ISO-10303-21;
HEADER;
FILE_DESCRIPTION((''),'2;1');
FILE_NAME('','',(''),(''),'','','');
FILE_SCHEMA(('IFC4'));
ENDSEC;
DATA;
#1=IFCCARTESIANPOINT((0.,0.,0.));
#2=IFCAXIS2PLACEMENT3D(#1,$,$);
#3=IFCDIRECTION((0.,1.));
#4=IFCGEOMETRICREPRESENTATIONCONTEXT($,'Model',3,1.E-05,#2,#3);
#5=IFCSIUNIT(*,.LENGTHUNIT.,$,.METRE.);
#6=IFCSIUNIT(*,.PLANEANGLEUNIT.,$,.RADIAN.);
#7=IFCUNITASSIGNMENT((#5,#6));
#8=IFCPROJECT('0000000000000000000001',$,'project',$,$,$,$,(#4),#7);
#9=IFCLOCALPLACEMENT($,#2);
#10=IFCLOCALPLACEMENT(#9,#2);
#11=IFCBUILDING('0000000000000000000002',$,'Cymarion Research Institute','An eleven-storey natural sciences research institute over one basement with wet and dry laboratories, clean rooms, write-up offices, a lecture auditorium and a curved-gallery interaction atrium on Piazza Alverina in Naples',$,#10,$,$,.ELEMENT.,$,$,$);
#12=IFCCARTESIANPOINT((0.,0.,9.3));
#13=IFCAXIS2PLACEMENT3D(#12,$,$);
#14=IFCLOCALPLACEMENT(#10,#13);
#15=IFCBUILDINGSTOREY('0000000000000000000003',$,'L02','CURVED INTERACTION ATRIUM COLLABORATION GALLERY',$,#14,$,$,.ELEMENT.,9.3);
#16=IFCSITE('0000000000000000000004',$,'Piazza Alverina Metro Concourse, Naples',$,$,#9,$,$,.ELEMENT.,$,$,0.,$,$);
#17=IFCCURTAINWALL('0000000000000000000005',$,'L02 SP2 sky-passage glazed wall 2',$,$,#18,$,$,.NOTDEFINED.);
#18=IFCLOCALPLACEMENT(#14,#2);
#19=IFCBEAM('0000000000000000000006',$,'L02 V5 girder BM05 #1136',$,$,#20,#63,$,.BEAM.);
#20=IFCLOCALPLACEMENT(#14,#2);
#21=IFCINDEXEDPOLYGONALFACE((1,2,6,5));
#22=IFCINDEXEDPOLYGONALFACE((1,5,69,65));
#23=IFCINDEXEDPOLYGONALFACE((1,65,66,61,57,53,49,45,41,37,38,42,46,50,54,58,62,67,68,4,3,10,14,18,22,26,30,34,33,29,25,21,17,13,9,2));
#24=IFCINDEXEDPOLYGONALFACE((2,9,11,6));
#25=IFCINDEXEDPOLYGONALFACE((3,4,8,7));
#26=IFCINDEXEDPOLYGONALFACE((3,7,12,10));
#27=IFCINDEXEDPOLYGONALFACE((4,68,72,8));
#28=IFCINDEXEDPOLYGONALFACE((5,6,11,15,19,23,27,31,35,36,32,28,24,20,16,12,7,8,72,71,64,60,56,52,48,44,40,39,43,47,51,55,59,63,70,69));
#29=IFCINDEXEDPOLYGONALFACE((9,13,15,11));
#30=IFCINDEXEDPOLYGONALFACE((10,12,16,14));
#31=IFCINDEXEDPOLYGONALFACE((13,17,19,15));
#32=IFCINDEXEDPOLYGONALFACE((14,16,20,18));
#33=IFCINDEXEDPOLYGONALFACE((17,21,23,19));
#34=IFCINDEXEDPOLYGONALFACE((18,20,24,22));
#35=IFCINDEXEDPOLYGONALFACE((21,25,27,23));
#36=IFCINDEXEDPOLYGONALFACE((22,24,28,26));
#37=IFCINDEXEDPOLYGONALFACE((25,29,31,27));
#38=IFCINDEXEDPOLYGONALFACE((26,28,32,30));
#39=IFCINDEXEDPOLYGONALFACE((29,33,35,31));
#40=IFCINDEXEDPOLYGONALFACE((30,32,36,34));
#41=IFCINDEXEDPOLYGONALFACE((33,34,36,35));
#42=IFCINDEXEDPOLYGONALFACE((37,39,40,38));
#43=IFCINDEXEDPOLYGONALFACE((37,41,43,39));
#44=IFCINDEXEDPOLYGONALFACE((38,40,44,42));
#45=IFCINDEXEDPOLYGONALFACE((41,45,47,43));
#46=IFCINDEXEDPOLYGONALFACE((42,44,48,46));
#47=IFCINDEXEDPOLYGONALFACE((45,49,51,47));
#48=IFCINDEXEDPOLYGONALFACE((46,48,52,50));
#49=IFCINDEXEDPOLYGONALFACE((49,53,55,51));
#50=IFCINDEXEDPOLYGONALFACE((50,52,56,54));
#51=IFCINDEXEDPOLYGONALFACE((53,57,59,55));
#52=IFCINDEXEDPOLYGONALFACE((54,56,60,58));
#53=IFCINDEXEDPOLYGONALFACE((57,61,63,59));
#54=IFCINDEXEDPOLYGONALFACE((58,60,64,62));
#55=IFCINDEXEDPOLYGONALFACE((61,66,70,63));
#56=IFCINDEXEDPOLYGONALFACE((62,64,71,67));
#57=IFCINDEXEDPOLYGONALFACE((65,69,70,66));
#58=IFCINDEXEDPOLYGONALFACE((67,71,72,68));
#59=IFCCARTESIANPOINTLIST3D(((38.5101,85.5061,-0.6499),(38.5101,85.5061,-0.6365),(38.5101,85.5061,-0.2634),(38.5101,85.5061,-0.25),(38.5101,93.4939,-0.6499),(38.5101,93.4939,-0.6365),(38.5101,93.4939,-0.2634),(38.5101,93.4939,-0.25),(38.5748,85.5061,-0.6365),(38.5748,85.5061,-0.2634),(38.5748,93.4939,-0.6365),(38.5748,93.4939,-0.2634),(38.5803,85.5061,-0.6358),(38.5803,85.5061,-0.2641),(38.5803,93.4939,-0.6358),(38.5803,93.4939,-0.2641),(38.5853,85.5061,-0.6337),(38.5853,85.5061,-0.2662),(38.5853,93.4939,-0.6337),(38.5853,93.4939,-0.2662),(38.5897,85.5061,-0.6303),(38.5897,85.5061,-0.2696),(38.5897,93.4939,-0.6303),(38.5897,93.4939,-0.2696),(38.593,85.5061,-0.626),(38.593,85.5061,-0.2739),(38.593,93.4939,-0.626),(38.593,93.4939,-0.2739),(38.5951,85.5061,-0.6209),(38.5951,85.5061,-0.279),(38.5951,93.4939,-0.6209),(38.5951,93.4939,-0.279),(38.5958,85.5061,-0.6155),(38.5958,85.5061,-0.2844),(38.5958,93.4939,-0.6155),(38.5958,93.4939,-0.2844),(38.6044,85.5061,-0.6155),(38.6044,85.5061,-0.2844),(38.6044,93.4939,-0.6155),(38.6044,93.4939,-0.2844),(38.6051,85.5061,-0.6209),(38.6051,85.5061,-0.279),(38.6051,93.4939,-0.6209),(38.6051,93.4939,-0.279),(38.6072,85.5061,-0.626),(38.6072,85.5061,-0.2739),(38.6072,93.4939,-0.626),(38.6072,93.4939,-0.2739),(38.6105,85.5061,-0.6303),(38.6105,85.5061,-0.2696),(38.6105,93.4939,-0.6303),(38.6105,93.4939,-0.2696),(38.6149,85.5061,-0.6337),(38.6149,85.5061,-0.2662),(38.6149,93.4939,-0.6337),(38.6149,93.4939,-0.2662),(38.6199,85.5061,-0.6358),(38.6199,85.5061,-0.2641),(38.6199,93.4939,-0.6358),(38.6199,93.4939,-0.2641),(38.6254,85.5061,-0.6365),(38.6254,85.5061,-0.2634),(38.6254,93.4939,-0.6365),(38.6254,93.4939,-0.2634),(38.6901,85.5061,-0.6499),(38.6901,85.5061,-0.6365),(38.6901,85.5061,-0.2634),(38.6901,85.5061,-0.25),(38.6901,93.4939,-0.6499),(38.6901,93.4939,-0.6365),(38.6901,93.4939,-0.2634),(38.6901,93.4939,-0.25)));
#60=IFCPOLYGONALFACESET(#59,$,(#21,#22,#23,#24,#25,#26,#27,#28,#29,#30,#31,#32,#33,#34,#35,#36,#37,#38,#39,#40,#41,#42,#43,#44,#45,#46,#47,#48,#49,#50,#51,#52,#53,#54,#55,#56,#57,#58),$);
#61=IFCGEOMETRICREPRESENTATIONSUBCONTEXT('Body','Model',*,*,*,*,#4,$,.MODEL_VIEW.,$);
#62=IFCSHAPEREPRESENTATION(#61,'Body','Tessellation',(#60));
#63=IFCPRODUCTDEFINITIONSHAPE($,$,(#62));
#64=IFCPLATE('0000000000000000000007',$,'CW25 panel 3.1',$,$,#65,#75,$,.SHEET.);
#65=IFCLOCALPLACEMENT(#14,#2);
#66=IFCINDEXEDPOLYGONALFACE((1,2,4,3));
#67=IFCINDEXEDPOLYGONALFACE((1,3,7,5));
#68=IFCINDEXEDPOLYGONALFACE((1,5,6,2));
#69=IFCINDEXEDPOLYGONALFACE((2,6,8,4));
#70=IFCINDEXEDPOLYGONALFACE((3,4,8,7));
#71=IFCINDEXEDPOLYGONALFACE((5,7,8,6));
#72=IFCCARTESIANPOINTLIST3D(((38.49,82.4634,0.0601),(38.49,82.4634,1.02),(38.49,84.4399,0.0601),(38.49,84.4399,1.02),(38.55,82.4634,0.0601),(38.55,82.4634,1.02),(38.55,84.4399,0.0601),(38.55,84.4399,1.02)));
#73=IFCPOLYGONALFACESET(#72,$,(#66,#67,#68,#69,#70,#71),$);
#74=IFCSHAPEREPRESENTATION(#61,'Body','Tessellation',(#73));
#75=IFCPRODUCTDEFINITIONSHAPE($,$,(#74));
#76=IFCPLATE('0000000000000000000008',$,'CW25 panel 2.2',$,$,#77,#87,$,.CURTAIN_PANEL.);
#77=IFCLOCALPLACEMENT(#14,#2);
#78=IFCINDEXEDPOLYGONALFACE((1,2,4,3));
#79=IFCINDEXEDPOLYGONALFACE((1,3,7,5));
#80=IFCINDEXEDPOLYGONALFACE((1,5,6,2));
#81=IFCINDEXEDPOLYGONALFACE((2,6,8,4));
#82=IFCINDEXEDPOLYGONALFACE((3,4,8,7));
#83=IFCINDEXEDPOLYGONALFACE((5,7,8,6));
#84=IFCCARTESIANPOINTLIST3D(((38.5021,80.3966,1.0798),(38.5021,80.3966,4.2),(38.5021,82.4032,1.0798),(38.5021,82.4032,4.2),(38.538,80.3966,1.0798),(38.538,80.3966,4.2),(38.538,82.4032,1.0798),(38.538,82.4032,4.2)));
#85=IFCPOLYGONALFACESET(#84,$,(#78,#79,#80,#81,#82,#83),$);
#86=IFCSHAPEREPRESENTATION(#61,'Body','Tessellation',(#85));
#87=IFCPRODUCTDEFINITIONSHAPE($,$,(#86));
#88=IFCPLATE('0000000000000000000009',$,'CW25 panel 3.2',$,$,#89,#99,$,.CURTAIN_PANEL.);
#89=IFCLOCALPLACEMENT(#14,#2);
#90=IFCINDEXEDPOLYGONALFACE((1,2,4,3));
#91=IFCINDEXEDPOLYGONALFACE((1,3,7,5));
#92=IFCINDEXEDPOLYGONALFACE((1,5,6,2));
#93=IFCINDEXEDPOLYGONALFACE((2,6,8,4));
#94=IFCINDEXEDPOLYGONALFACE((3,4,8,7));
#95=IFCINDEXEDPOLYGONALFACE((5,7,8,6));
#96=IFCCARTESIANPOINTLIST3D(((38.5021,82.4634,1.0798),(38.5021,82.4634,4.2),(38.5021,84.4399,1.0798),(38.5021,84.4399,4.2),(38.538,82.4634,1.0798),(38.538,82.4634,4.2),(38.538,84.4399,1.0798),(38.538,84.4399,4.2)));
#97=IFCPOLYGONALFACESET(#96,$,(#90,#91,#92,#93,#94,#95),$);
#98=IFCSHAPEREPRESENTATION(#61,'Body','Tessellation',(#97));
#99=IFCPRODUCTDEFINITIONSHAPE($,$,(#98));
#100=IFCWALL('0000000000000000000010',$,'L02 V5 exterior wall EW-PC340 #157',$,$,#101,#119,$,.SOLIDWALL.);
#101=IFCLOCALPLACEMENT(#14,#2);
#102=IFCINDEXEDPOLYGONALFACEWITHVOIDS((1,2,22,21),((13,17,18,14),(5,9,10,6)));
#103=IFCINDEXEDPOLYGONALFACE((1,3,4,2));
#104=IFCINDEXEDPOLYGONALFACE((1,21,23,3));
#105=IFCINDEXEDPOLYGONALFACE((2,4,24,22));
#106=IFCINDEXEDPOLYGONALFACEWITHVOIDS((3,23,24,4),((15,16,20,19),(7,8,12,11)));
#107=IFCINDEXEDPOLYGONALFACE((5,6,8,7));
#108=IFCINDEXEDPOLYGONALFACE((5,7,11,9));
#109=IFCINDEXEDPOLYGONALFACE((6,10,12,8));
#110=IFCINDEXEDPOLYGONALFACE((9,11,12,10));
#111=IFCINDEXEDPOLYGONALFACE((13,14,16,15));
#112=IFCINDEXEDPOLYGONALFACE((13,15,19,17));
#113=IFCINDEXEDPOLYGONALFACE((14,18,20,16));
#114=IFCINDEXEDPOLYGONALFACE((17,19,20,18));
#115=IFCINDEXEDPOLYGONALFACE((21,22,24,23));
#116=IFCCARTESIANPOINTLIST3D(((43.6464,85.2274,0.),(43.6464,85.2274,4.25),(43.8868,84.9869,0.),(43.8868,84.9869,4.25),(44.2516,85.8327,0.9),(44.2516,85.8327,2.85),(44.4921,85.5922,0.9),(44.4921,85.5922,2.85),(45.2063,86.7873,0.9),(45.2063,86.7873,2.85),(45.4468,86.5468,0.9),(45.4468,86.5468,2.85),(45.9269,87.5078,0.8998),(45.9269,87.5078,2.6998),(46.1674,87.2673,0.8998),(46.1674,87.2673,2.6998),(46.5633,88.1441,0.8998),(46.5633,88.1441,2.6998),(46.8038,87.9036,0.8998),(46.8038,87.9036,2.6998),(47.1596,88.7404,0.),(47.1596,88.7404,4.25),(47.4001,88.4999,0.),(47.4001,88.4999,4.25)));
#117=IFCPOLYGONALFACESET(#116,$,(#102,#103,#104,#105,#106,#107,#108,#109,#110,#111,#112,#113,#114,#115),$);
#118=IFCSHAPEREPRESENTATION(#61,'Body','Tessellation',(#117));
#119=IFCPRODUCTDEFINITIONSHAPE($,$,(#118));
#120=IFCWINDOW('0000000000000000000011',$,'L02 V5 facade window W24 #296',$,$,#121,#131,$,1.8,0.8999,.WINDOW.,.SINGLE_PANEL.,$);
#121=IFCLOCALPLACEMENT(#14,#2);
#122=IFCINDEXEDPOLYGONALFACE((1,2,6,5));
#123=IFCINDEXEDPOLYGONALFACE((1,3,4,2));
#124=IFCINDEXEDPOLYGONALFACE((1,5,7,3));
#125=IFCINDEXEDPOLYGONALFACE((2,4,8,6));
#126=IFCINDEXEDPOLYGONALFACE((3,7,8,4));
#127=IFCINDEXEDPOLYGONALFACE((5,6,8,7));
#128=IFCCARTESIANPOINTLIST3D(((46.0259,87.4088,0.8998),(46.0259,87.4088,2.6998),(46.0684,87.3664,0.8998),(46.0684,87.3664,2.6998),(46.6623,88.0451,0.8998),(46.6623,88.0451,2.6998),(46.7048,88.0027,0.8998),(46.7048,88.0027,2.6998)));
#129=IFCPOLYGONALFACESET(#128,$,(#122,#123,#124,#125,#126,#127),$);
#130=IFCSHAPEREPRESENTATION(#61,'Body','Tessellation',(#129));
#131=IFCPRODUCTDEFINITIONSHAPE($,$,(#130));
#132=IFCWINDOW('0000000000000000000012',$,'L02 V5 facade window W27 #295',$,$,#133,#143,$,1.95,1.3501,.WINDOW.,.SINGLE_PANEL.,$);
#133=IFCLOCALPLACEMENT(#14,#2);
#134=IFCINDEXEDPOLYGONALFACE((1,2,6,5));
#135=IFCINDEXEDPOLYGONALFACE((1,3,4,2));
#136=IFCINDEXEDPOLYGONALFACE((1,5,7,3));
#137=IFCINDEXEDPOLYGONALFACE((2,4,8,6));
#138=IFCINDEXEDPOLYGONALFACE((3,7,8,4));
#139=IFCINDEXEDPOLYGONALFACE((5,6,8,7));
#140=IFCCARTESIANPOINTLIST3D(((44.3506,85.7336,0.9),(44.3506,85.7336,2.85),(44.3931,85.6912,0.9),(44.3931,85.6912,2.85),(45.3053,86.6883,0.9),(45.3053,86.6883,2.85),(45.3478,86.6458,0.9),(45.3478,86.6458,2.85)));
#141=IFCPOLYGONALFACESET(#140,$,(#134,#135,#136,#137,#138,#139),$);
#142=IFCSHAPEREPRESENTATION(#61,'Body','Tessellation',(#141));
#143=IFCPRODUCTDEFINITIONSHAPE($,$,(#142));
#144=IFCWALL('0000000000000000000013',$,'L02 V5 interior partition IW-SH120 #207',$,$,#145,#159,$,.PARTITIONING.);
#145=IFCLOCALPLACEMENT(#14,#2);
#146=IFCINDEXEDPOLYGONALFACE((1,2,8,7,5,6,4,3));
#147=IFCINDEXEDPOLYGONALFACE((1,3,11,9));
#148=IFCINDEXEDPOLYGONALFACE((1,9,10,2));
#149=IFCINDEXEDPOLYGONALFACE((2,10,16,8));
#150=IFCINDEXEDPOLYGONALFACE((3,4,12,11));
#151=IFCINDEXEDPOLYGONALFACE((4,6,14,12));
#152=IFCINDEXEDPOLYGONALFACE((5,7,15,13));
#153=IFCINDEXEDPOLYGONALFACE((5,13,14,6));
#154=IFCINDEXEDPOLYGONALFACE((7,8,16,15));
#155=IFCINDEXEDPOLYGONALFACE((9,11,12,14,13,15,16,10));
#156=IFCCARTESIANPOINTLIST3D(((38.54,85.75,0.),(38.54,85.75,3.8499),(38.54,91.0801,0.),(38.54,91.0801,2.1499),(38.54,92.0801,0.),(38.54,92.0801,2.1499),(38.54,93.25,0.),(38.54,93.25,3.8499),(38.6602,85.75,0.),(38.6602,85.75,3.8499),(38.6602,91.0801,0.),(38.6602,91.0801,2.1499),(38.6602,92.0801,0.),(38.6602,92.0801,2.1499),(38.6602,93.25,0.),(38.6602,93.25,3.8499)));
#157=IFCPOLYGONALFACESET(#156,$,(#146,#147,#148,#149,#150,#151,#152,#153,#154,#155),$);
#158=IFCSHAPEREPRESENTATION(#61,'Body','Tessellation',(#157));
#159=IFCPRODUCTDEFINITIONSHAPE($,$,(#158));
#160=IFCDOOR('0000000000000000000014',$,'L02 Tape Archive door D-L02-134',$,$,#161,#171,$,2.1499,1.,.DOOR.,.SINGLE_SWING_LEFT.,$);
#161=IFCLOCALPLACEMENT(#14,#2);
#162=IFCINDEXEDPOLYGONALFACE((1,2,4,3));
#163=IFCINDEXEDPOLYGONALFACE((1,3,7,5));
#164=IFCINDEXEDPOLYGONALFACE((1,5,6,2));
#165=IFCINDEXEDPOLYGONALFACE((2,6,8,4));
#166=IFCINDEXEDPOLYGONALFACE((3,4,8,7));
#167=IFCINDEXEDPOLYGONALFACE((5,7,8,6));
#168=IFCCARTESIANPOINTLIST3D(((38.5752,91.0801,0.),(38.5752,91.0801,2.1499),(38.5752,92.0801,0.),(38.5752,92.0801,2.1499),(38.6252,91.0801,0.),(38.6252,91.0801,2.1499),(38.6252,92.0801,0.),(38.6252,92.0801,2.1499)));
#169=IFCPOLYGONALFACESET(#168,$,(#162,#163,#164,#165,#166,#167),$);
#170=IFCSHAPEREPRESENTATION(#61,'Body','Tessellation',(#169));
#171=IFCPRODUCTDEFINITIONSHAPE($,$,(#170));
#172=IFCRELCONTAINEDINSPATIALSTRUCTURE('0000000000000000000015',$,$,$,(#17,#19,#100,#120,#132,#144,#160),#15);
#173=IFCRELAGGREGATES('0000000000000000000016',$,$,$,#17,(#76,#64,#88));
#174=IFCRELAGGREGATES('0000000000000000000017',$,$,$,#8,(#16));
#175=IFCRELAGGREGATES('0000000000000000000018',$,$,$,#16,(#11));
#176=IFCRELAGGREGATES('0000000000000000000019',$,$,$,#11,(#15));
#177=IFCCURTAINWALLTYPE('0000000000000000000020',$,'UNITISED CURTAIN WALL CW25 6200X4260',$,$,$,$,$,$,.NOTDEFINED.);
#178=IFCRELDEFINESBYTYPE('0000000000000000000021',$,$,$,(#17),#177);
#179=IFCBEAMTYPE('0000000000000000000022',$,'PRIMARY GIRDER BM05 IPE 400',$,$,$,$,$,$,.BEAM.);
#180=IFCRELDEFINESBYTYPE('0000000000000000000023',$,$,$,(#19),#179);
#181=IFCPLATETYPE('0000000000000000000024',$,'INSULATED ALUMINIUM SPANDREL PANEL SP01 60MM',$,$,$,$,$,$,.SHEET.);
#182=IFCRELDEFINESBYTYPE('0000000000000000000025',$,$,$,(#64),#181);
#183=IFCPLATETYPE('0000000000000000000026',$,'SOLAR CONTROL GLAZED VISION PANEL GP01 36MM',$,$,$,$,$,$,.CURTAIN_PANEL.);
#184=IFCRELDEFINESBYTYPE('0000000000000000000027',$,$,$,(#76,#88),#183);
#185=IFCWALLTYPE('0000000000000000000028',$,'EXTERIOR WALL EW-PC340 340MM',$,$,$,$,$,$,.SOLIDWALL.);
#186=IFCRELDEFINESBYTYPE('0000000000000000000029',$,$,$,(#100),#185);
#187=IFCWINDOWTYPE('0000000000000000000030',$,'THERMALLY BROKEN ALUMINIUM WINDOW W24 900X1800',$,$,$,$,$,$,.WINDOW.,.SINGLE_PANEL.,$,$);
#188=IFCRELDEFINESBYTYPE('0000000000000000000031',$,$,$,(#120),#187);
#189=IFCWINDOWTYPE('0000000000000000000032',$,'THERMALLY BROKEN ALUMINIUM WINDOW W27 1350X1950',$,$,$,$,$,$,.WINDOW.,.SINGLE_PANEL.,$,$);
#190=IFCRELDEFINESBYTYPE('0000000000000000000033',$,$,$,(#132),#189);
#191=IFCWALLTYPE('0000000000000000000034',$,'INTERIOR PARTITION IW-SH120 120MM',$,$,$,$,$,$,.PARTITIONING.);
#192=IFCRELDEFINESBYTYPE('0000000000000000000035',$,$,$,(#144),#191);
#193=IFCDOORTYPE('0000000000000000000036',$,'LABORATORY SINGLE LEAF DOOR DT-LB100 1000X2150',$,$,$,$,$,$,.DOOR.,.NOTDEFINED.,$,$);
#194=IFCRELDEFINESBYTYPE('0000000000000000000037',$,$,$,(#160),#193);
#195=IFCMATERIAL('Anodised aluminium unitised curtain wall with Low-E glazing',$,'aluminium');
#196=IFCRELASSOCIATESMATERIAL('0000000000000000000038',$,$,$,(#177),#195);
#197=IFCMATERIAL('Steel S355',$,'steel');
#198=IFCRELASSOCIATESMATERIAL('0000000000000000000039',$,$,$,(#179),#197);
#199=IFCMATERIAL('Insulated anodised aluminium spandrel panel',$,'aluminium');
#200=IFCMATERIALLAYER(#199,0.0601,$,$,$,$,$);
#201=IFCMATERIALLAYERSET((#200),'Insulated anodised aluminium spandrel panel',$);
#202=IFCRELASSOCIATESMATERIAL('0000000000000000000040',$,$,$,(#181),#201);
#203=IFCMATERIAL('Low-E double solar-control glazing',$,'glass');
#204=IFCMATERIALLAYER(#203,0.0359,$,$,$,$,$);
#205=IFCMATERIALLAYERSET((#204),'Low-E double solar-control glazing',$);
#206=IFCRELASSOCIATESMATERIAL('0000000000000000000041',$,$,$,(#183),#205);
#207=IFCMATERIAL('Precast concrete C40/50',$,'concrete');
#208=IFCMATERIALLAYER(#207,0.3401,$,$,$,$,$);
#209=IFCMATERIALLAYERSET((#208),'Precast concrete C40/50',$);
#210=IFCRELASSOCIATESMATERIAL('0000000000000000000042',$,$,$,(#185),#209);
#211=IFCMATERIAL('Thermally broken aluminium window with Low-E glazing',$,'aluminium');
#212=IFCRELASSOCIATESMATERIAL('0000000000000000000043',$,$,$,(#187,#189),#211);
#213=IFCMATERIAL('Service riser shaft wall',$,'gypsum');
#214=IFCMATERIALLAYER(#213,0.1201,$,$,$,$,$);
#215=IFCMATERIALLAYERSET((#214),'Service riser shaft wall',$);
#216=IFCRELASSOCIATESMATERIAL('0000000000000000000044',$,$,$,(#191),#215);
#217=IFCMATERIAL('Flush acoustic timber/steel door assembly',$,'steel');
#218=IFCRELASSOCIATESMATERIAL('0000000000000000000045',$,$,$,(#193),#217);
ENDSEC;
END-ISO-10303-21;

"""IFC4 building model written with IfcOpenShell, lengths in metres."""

from ifc_helpers import new_model, si_unit, direction, frame, frame_2d, origin, origin_2d, place, context, subcontext, project, spatial, rectangle, i_section, extrude, material, layer, layer_set, material_profile, profile_set, type_object, element, fill, aggregate, save


model = new_model("IFC4")

# Units and contexts
model_context = context("Model", 3, precision=1e-05, world=origin(), true_north=direction((0.0, 1.0)))
body_context = subcontext(model_context, "Body", "Model", "MODEL_VIEW")
ifc_project = project(units=[si_unit("LENGTHUNIT", "METRE"), si_unit("PLANEANGLEUNIT", "RADIAN")], contexts=[model_context])

# Site, building, storey
site_placement = place(None, origin())
site = spatial("IfcSite", under=ifc_project, at=site_placement, Name="Piazza Alverina Metro Concourse, Naples", CompositionType="ELEMENT", RefElevation=0.0)
building_placement = place(site_placement, origin())
building = spatial("IfcBuilding", under=site, at=building_placement, Name="Cymarion Research Institute", Description="An eleven-storey natural sciences research institute over one basement with wet and dry laboratories, clean rooms, write-up offices, a lecture auditorium and a curved-gallery interaction atrium on Piazza Alverina in Naples", CompositionType="ELEMENT")
storey_placement = place(building_placement, frame((0.0, 0.0, 9.3)))
storey = spatial("IfcBuildingStorey", under=building, at=storey_placement, Name="L02", Description="CURVED INTERACTION ATRIUM COLLABORATION GALLERY", CompositionType="ELEMENT", Elevation=9.3)

# Shared definitions
ifc_material_1 = material(Name="Steel S355", Category="steel")

# Curtain wall
ifc_material_2 = material(Name="Anodised aluminium unitised curtain wall with Low-E glazing", Category="aluminium")
curtain_wall_type = type_object("IfcCurtainWallType", Name="UNITISED CURTAIN WALL CW25 6200X4260", PredefinedType="NOTDEFINED", material=ifc_material_2)
curtain_wall_placement = place(storey_placement, origin())
curtain_wall = element("IfcCurtainWall", 1, at=curtain_wall_placement, inside=storey, type_object=curtain_wall_type, Name="L02 SP2 sky-passage glazed wall 2", PredefinedType="NOTDEFINED")

# Beam
ifc_material_profile_1 = material_profile(ifc_material_1, i_section(OverallWidth=0.1799, OverallDepth=0.3999, WebThickness=0.0085, FlangeThickness=0.0134, FilletRadius=0.021, at=origin_2d()), Name="IPE 400")
ifc_profile_set_1 = profile_set([ifc_material_profile_1], Name="Steel S355")
beam_type = type_object("IfcBeamType", Name="PRIMARY GIRDER BM05 IPE 400", PredefinedType="BEAM", material=ifc_profile_set_1)
beam_placement = place(storey_placement, frame((38.6001, 85.5061, -0.45), z_axis=(0.0, 1.0, 0.0), x_axis=(-1.0, 0.0, 0.0)))
element("IfcBeam", 2, at=beam_placement, inside=storey, type_object=beam_type, Name="L02 V5 girder BM05 #1136", PredefinedType="BEAM", context=body_context, shape_type="SweptSolid", body=[
    extrude(i_section(OverallWidth=0.1799, OverallDepth=0.3999, WebThickness=0.0085, FlangeThickness=0.0134, FilletRadius=0.021, at=origin_2d()), origin(), (0.0, 0.0, 1.0), 7.9878),
])

# Plates
ifc_material_3 = material(Name="Insulated anodised aluminium spandrel panel", Category="aluminium")
ifc_layer_1 = layer(ifc_material_3, 0.0601)
ifc_layer_set_1 = layer_set([ifc_layer_1], Name="Insulated anodised aluminium spandrel panel")
plate_type_1 = type_object("IfcPlateType", Name="INSULATED ALUMINIUM SPANDREL PANEL SP01 60MM", PredefinedType="SHEET", material=ifc_layer_set_1)
plate_1_placement = place(storey_placement, frame((38.52, 83.4517, 0.0601), z_axis=(0.0, 0.0, 1.0), x_axis=(0.0, 1.0, 0.0)))
plate_1 = element("IfcPlate", 3, at=plate_1_placement, type_object=plate_type_1, Name="CW25 panel 3.1", PredefinedType="SHEET", context=body_context, shape_type="SweptSolid", body=[
    extrude(rectangle(XDim=1.9766, YDim=0.0601, at=origin_2d()), origin(), (0.0, 0.0, 1.0), 0.96),
])
ifc_material_4 = material(Name="Low-E double solar-control glazing", Category="glass")
ifc_layer_2 = layer(ifc_material_4, 0.0359)
ifc_layer_set_2 = layer_set([ifc_layer_2], Name="Low-E double solar-control glazing")
plate_type_2 = type_object("IfcPlateType", Name="SOLAR CONTROL GLAZED VISION PANEL GP01 36MM", PredefinedType="CURTAIN_PANEL", material=ifc_layer_set_2)
plate_2_placement = place(storey_placement, frame((38.52, 81.3999, 1.0798), z_axis=(0.0, 0.0, 1.0), x_axis=(0.0, 1.0, 0.0)))
plate_2 = element("IfcPlate", 4, at=plate_2_placement, type_object=plate_type_2, Name="CW25 panel 2.2", PredefinedType="CURTAIN_PANEL", context=body_context, shape_type="SweptSolid", body=[
    extrude(rectangle(XDim=2.0066, YDim=0.0359, at=origin_2d()), origin(), (0.0, 0.0, 1.0), 3.1201),
])
plate_3_placement = place(storey_placement, frame((38.52, 83.4517, 1.0798), z_axis=(0.0, 0.0, 1.0), x_axis=(0.0, 1.0, 0.0)))
plate_3 = element("IfcPlate", 5, at=plate_3_placement, type_object=plate_type_2, Name="CW25 panel 3.2", PredefinedType="CURTAIN_PANEL", context=body_context, shape_type="SweptSolid", body=[
    extrude(rectangle(XDim=1.9766, YDim=0.0359, at=origin_2d()), origin(), (0.0, 0.0, 1.0), 3.1201),
])
aggregate(curtain_wall, [plate_2, plate_1, plate_3])

# Wall, openings, windows
ifc_material_5 = material(Name="Precast concrete C40/50", Category="concrete")
ifc_layer_3 = layer(ifc_material_5, 0.3401)
ifc_layer_set_3 = layer_set([ifc_layer_3], Name="Precast concrete C40/50")
wall_type_1 = type_object("IfcWallType", Name="EXTERIOR WALL EW-PC340 340MM", PredefinedType="SOLIDWALL", material=ifc_layer_set_3)
wall_1_placement = place(storey_placement, frame((43.7666, 85.1072, 0.0), z_axis=(0.0, 0.0, 1.0), x_axis=(0.707131, 0.707082, 0.0)))
wall_1 = element("IfcWall", 6, at=wall_1_placement, inside=storey, type_object=wall_type_1, Name="L02 V5 exterior wall EW-PC340 #157", PredefinedType="SOLIDWALL", context=body_context, shape_type="SweptSolid", body=[
    extrude(rectangle(XDim=4.9683, YDim=0.3401, at=frame_2d((2.4841, 0.0))), origin(), (0.0, 0.0, 1.0), 4.25),
])
opening_1_placement = place(wall_1_placement, frame((0.856, 0.0, 0.8999)))
opening_1 = element("IfcOpeningElement", 7, at=opening_1_placement, cuts=wall_1, PredefinedType="OPENING", context=body_context, shape_type="SweptSolid", body=[
    extrude(rectangle(XDim=1.3501, YDim=1.95, at=frame_2d((0.675, 0.9751))), frame((0.0, 0.1799, 0.0), z_axis=(0.0, -1.0, 0.0), x_axis=(1.0, 0.0, 0.0)), (0.0, 0.0, 1.0), 0.3601),
])
opening_2_placement = place(wall_1_placement, frame((3.2251, 0.0, 0.8999)))
opening_2 = element("IfcOpeningElement", 8, at=opening_2_placement, cuts=wall_1, PredefinedType="OPENING", context=body_context, shape_type="SweptSolid", body=[
    extrude(rectangle(XDim=0.8999, YDim=1.8, at=frame_2d((0.45, 0.8999))), frame((0.0, 0.1799, 0.0), z_axis=(0.0, -1.0, 0.0), x_axis=(1.0, 0.0, 0.0)), (0.0, 0.0, 1.0), 0.3601),
])
ifc_material_6 = material(Name="Thermally broken aluminium window with Low-E glazing", Category="aluminium")
window_type_1 = type_object("IfcWindowType", Name="THERMALLY BROKEN ALUMINIUM WINDOW W24 900X1800", PartitioningType="SINGLE_PANEL", PredefinedType="WINDOW", material=ifc_material_6)
window_1_placement = place(opening_2_placement, origin())
window_1 = element("IfcWindow", 9, at=window_1_placement, inside=storey, type_object=window_type_1, Name="L02 V5 facade window W24 #296", OverallHeight=1.8, OverallWidth=0.8999, PartitioningType="SINGLE_PANEL", PredefinedType="WINDOW", context=body_context, shape_type="SweptSolid", body=[
    extrude(rectangle(XDim=0.8999, YDim=1.8, at=frame_2d((0.45, 0.8999))), frame((0.0, 0.03, 0.0), z_axis=(0.0, -1.0, 0.0), x_axis=(1.0, 0.0, 0.0)), (0.0, 0.0, 1.0), 0.0601),
])
fill(opening_2, window_1)
window_type_2 = type_object("IfcWindowType", Name="THERMALLY BROKEN ALUMINIUM WINDOW W27 1350X1950", PartitioningType="SINGLE_PANEL", PredefinedType="WINDOW", material=ifc_material_6)
window_2_placement = place(opening_1_placement, origin())
window_2 = element("IfcWindow", 10, at=window_2_placement, inside=storey, type_object=window_type_2, Name="L02 V5 facade window W27 #295", OverallHeight=1.95, OverallWidth=1.3501, PartitioningType="SINGLE_PANEL", PredefinedType="WINDOW", context=body_context, shape_type="SweptSolid", body=[
    extrude(rectangle(XDim=1.3501, YDim=1.95, at=frame_2d((0.675, 0.9751))), frame((0.0, 0.03, 0.0), z_axis=(0.0, -1.0, 0.0), x_axis=(1.0, 0.0, 0.0)), (0.0, 0.0, 1.0), 0.0601),
])
fill(opening_1, window_2)

# Wall, opening, door
ifc_material_7 = material(Name="Service riser shaft wall", Category="gypsum")
ifc_layer_4 = layer(ifc_material_7, 0.1201)
ifc_layer_set_4 = layer_set([ifc_layer_4], Name="Service riser shaft wall")
wall_type_2 = type_object("IfcWallType", Name="INTERIOR PARTITION IW-SH120 120MM", PredefinedType="PARTITIONING", material=ifc_layer_set_4)
wall_2_placement = place(storey_placement, frame((38.6001, 85.75, 0.0), z_axis=(0.0, 0.0, 1.0), x_axis=(0.0, 1.0, 0.0)))
wall_2 = element("IfcWall", 11, at=wall_2_placement, inside=storey, type_object=wall_type_2, Name="L02 V5 interior partition IW-SH120 #207", PredefinedType="PARTITIONING", context=body_context, shape_type="SweptSolid", body=[
    extrude(rectangle(XDim=7.5, YDim=0.1201, at=frame_2d((3.75, 0.0))), origin(), (0.0, 0.0, 1.0), 3.8499),
])
opening_3_placement = place(wall_2_placement, frame((5.3301, 0.0, 0.0)))
opening_3 = element("IfcOpeningElement", 12, at=opening_3_placement, cuts=wall_2, PredefinedType="OPENING", context=body_context, shape_type="SweptSolid", body=[
    extrude(rectangle(XDim=1.0, YDim=2.1499, at=frame_2d((0.5, 1.075))), frame((0.0, 0.0701, 0.0), z_axis=(0.0, -1.0, 0.0), x_axis=(1.0, 0.0, 0.0)), (0.0, 0.0, 1.0), 0.1401),
])
ifc_material_8 = material(Name="Flush acoustic timber/steel door assembly", Category="steel")
door_type = type_object("IfcDoorType", Name="LABORATORY SINGLE LEAF DOOR DT-LB100 1000X2150", OperationType="NOTDEFINED", PredefinedType="DOOR", material=ifc_material_8)
door_placement = place(opening_3_placement, origin())
door = element("IfcDoor", 13, at=door_placement, inside=storey, type_object=door_type, Name="L02 Tape Archive door D-L02-134", OperationType="SINGLE_SWING_LEFT", OverallHeight=2.1499, OverallWidth=1.0, PredefinedType="DOOR", context=body_context, shape_type="SweptSolid", body=[
    extrude(rectangle(XDim=1.0, YDim=2.1499, at=frame_2d((0.5, 1.075))), frame((0.0, 0.0249, 0.0), z_axis=(0.0, -1.0, 0.0), x_axis=(1.0, 0.0, 0.0)), (0.0, 0.0, 1.0), 0.05),
])
fill(opening_3, door)

save(model, "model.ifc")
